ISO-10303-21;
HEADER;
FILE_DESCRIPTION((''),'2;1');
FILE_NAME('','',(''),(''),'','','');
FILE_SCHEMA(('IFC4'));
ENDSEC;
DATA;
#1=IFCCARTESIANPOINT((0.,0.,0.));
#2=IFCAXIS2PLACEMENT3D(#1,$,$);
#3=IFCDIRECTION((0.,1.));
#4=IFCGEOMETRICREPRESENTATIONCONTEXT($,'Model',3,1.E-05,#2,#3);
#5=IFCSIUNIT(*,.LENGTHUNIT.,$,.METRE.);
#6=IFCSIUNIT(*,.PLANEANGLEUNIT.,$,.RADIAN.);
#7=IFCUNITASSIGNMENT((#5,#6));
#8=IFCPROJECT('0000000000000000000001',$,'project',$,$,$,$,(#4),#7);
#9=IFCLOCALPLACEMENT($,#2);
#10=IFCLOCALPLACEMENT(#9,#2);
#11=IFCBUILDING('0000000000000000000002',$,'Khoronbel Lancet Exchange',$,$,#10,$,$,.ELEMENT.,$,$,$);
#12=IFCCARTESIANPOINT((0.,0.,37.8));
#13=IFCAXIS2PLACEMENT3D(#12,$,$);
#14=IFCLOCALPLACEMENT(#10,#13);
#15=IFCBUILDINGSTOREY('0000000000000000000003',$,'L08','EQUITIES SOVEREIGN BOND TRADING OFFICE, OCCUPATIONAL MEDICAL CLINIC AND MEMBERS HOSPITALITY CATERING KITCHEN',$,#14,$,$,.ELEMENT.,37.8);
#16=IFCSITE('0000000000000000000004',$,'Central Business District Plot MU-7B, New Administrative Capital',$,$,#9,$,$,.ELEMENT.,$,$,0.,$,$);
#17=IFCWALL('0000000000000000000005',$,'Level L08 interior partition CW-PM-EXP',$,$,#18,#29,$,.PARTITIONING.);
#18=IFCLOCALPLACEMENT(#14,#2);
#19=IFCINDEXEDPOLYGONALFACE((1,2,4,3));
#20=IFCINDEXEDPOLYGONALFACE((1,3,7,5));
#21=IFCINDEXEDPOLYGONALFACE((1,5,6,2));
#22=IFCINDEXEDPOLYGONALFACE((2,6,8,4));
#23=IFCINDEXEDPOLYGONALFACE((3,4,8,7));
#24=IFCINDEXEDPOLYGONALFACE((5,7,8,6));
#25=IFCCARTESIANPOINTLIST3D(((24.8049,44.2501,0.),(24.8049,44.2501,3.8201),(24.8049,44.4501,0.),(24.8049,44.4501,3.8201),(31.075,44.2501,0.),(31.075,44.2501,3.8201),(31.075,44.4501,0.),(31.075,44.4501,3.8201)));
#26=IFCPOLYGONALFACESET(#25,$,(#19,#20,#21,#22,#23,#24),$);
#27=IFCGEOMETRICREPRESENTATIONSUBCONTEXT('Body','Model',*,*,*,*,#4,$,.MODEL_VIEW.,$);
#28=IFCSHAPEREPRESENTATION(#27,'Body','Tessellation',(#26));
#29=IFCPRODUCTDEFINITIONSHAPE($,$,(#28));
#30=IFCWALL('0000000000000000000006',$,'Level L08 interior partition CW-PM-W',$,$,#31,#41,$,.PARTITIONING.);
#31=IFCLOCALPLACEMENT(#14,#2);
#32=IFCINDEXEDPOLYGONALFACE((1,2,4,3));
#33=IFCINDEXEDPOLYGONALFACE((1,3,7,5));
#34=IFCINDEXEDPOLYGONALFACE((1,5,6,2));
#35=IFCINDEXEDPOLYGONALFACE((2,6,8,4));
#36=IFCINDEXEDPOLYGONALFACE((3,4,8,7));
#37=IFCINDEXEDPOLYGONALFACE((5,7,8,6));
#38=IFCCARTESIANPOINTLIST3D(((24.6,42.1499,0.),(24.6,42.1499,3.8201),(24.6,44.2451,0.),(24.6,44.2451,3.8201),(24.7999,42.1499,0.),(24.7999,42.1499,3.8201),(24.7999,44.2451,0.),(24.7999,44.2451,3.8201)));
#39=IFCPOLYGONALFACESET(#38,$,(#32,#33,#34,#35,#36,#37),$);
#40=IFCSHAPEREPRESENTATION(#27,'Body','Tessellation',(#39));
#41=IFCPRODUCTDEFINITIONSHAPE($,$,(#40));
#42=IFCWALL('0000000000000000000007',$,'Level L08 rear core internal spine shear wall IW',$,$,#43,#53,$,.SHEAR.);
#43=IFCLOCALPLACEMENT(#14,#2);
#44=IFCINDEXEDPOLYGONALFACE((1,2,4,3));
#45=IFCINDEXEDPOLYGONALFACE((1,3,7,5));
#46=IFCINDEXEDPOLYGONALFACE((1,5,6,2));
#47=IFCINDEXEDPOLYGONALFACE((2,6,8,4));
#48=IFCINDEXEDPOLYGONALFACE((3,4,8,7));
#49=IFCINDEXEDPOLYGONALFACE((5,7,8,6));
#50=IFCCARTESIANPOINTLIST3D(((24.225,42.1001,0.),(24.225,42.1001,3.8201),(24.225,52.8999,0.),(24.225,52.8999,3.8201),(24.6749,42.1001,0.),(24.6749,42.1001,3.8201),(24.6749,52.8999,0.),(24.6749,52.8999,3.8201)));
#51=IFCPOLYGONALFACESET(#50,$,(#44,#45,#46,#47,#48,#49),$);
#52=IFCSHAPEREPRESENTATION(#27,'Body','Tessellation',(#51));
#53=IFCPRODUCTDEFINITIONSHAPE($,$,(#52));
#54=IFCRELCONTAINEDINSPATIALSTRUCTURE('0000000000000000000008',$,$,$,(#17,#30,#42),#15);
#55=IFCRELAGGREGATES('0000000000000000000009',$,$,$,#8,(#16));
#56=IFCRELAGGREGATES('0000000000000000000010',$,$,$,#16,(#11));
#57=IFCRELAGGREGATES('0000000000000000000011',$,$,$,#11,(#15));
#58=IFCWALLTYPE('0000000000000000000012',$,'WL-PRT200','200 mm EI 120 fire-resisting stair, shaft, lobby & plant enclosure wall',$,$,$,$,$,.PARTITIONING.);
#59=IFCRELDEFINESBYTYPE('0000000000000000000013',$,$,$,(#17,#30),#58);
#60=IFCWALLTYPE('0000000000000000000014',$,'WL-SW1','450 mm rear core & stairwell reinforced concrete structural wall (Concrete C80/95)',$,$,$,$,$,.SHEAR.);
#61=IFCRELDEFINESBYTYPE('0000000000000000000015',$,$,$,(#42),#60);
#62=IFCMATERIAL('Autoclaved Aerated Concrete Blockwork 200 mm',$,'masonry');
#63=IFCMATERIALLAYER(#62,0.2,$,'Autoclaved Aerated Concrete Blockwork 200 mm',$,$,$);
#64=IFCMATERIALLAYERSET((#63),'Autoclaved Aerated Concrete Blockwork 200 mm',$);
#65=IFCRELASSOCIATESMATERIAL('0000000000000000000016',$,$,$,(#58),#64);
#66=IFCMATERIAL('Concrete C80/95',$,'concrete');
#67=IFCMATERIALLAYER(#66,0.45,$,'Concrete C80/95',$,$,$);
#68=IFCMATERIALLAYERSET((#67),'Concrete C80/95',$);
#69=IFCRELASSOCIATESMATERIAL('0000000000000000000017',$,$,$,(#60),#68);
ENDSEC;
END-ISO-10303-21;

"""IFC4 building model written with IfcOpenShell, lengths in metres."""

from ifc_helpers import new_model, si_unit, direction, frame, frame_2d, origin, place, context, subcontext, project, spatial, rectangle, extrude, material, layer, layer_set, type_object, element, save


model = new_model("IFC4")

# Units and contexts
model_context = context("Model", 3, precision=1e-05, world=origin(), true_north=direction((0.0, 1.0)))
body_context = subcontext(model_context, "Body", "Model", "MODEL_VIEW")
ifc_project = project(units=[si_unit("LENGTHUNIT", "METRE"), si_unit("PLANEANGLEUNIT", "RADIAN")], contexts=[model_context])

# Site, building, storey
site_placement = place(None, origin())
site = spatial("IfcSite", under=ifc_project, at=site_placement, Name="Central Business District Plot MU-7B, New Administrative Capital", CompositionType="ELEMENT", RefElevation=0.0)
building_placement = place(site_placement, origin())
building = spatial("IfcBuilding", under=site, at=building_placement, Name="Khoronbel Lancet Exchange", CompositionType="ELEMENT")
storey_placement = place(building_placement, frame((0.0, 0.0, 37.8)))
storey = spatial("IfcBuildingStorey", under=building, at=storey_placement, Name="L08", Description="EQUITIES SOVEREIGN BOND TRADING OFFICE, OCCUPATIONAL MEDICAL CLINIC AND MEMBERS HOSPITALITY CATERING KITCHEN", CompositionType="ELEMENT", Elevation=37.8)

# Shared definitions
ifc_material_1 = material(Name="Autoclaved Aerated Concrete Blockwork 200 mm", Category="masonry")
ifc_layer_1 = layer(ifc_material_1, 0.2, Name="Autoclaved Aerated Concrete Blockwork 200 mm")
ifc_layer_set_1 = layer_set([ifc_layer_1], Name="Autoclaved Aerated Concrete Blockwork 200 mm")
wall_type_1 = type_object("IfcWallType", Name="WL-PRT200", Description="200 mm EI 120 fire-resisting stair, shaft, lobby & plant enclosure wall", PredefinedType="PARTITIONING", material=ifc_layer_set_1)

# Walls
wall_1_placement = place(storey_placement, frame((24.8049, 44.3501, 0.0), z_axis=(0.0, 0.0, 1.0), x_axis=(1.0, 0.0, 0.0)))
element("IfcWall", 1, at=wall_1_placement, inside=storey, type_object=wall_type_1, Name="Level L08 interior partition CW-PM-EXP", PredefinedType="PARTITIONING", context=body_context, shape_type="SweptSolid", body=[
    extrude(rectangle(XDim=6.27, YDim=0.2, at=frame_2d((3.135, 0.0))), origin(), (0.0, 0.0, 1.0), 3.8201),
])
wall_2_placement = place(storey_placement, frame((24.7, 42.1499, 0.0), z_axis=(0.0, 0.0, 1.0), x_axis=(0.0, 1.0, 0.0)))
element("IfcWall", 2, at=wall_2_placement, inside=storey, type_object=wall_type_1, Name="Level L08 interior partition CW-PM-W", PredefinedType="PARTITIONING", context=body_context, shape_type="SweptSolid", body=[
    extrude(rectangle(XDim=2.0952, YDim=0.2, at=frame_2d((1.0476, 0.0))), origin(), (0.0, 0.0, 1.0), 3.8201),
])
ifc_material_2 = material(Name="Concrete C80/95", Category="concrete")
ifc_layer_2 = layer(ifc_material_2, 0.45, Name="Concrete C80/95")
ifc_layer_set_2 = layer_set([ifc_layer_2], Name="Concrete C80/95")
wall_type_2 = type_object("IfcWallType", Name="WL-SW1", Description="450 mm rear core & stairwell reinforced concrete structural wall (Concrete C80/95)", PredefinedType="SHEAR", material=ifc_layer_set_2)
wall_3_placement = place(storey_placement, frame((24.45, 42.1001, 0.0), z_axis=(0.0, 0.0, 1.0), x_axis=(0.0, 1.0, 0.0)))
element("IfcWall", 3, at=wall_3_placement, inside=storey, type_object=wall_type_2, Name="Level L08 rear core internal spine shear wall IW", PredefinedType="SHEAR", context=body_context, shape_type="SweptSolid", body=[
    extrude(rectangle(XDim=10.7998, YDim=0.45, at=frame_2d((5.3999, 0.0))), origin(), (0.0, 0.0, 1.0), 3.8201),
])

save(model, "model.ifc")
